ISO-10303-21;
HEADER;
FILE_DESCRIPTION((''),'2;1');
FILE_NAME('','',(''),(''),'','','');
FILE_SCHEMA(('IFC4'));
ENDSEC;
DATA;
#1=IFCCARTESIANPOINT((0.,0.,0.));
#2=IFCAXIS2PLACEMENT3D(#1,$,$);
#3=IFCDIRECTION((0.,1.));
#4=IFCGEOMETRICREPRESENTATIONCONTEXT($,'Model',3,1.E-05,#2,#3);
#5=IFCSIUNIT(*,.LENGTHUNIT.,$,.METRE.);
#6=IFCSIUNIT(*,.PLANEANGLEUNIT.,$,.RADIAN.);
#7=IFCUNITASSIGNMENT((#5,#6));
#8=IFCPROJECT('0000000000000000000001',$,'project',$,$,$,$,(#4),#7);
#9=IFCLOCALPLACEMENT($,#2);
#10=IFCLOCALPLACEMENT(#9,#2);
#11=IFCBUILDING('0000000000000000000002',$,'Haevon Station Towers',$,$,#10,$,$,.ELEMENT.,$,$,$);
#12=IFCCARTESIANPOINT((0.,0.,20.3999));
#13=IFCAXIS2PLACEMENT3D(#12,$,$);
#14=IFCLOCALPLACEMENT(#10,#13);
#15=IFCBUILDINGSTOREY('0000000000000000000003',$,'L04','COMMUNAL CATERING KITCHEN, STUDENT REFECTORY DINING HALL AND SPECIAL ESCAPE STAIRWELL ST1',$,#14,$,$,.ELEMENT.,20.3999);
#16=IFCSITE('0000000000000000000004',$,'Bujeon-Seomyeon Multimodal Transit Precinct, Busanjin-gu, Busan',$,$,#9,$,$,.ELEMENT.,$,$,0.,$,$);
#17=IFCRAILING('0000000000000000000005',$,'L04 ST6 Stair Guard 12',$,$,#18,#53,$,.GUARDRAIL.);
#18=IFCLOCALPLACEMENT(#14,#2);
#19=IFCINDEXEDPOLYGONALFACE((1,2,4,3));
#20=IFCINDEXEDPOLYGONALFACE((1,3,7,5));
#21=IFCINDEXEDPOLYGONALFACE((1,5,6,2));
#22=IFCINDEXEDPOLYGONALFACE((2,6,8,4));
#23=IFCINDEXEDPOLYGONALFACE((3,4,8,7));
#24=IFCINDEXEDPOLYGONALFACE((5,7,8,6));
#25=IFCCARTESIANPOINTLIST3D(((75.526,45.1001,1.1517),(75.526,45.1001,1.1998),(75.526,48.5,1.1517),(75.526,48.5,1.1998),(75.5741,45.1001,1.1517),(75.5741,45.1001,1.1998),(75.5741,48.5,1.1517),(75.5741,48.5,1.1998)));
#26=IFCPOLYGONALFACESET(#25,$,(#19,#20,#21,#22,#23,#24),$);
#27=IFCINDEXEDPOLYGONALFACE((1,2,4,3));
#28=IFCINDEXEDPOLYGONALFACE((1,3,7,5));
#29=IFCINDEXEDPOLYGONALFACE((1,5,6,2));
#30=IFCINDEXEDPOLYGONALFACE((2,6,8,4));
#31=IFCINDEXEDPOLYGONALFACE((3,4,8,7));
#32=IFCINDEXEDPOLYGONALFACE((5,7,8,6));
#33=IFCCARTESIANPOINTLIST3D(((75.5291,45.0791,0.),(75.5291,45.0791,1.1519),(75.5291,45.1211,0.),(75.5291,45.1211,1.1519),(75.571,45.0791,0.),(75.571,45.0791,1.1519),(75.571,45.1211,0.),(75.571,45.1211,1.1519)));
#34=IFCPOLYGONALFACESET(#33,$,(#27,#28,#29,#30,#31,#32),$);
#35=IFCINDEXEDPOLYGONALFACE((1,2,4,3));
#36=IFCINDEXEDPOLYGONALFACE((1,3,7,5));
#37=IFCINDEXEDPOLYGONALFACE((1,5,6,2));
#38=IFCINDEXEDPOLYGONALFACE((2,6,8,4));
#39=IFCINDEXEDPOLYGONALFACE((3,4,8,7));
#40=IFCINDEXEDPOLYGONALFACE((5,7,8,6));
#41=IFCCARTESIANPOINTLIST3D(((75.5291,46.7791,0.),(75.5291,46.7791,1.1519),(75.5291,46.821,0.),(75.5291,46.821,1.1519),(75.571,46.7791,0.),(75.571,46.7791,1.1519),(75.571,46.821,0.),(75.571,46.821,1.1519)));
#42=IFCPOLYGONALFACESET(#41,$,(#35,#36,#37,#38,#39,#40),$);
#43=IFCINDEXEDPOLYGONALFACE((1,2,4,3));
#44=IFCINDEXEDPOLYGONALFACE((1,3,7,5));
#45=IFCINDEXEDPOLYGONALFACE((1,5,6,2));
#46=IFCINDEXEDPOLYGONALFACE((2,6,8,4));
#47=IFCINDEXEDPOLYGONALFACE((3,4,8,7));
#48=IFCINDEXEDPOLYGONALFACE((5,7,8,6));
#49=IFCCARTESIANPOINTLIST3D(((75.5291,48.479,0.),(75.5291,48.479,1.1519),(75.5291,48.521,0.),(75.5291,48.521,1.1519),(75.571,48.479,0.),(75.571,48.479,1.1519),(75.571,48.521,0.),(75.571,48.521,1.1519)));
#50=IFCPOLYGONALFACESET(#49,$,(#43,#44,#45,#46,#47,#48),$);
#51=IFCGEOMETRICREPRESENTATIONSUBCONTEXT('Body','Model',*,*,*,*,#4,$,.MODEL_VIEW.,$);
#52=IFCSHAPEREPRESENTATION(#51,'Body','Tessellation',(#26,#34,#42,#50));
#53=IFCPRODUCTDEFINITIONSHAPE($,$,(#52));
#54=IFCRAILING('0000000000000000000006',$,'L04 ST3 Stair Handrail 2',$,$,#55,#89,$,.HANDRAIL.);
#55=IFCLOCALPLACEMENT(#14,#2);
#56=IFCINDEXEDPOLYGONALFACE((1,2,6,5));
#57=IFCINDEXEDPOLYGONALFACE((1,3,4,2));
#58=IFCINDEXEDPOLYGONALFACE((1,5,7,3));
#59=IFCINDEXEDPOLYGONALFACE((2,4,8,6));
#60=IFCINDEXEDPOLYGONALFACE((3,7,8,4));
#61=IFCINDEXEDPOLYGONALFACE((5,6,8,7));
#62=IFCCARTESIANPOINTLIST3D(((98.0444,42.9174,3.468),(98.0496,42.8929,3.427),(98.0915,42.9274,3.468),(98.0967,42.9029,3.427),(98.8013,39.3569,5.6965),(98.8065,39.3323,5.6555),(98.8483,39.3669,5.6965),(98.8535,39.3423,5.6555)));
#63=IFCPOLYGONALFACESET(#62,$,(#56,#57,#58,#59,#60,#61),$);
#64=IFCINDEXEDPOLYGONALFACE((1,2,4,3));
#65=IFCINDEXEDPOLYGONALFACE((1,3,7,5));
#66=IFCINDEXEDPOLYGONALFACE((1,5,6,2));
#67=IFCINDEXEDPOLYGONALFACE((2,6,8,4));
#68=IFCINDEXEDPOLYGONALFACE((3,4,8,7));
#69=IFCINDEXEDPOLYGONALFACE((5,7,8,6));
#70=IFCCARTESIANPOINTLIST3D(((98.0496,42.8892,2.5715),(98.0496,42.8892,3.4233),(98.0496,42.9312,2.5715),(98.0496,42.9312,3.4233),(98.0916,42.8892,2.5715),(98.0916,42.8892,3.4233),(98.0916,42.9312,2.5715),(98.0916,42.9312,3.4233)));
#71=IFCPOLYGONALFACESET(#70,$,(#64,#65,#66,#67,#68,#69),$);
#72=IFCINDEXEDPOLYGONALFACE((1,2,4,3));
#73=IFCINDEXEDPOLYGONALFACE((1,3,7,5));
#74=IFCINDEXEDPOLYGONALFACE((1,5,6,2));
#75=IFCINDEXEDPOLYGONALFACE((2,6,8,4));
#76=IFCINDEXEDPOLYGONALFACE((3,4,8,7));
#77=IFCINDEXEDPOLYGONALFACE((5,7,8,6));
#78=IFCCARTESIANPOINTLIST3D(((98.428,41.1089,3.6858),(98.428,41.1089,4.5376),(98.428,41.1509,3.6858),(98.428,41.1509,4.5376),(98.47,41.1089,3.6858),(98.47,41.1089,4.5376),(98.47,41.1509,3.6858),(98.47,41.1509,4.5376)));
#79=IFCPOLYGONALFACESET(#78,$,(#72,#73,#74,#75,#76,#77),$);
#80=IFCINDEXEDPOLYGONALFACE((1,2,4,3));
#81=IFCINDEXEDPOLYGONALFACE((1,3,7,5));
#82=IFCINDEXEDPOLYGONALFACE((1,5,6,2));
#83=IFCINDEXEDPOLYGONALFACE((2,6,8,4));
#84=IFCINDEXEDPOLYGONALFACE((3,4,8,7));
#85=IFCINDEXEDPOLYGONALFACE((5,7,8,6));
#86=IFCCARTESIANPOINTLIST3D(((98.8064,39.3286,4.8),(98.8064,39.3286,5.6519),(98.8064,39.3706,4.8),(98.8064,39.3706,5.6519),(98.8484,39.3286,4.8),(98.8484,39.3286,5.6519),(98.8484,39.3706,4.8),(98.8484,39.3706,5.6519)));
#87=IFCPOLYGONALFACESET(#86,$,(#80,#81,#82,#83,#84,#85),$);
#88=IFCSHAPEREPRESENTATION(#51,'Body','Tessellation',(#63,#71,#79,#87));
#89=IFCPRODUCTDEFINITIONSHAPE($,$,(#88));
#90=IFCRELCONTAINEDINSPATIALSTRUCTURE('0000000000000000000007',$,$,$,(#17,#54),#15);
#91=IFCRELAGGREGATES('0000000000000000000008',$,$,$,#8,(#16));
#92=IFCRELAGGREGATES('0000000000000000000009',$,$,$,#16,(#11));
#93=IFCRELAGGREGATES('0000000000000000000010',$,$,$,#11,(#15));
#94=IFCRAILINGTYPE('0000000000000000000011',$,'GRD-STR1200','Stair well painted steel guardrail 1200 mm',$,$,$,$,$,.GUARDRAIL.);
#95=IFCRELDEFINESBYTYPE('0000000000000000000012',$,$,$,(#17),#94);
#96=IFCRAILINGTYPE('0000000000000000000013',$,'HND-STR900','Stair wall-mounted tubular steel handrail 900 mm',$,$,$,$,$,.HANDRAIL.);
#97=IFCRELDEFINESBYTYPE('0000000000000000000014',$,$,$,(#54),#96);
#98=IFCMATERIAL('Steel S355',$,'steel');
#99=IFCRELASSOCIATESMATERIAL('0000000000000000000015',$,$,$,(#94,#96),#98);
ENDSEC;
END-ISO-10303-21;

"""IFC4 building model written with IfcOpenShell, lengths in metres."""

from ifc_helpers import new_model, si_unit, direction, frame, origin, origin_2d, place, context, subcontext, project, spatial, rectangle, extrude, material, type_object, element, save


model = new_model("IFC4")

# Units and contexts
model_context = context("Model", 3, precision=1e-05, world=origin(), true_north=direction((0.0, 1.0)))
body_context = subcontext(model_context, "Body", "Model", "MODEL_VIEW")
ifc_project = project(units=[si_unit("LENGTHUNIT", "METRE"), si_unit("PLANEANGLEUNIT", "RADIAN")], contexts=[model_context])

# Site, building, storey
site_placement = place(None, origin())
site = spatial("IfcSite", under=ifc_project, at=site_placement, Name="Bujeon-Seomyeon Multimodal Transit Precinct, Busanjin-gu, Busan", CompositionType="ELEMENT", RefElevation=0.0)
building_placement = place(site_placement, origin())
building = spatial("IfcBuilding", under=site, at=building_placement, Name="Haevon Station Towers", CompositionType="ELEMENT")
storey_placement = place(building_placement, frame((0.0, 0.0, 20.3999)))
storey = spatial("IfcBuildingStorey", under=building, at=storey_placement, Name="L04", Description="COMMUNAL CATERING KITCHEN, STUDENT REFECTORY DINING HALL AND SPECIAL ESCAPE STAIRWELL ST1", CompositionType="ELEMENT", Elevation=20.3999)

# Shared definitions
ifc_material_1 = material(Name="Steel S355", Category="steel")

# Railings
railing_type_1 = type_object("IfcRailingType", Name="GRD-STR1200", Description="Stair well painted steel guardrail 1200 mm", PredefinedType="GUARDRAIL", material=ifc_material_1)
railing_1_placement = place(storey_placement, frame((75.55, 45.1001, 0.0)))
element("IfcRailing", 1, at=railing_1_placement, inside=storey, type_object=railing_type_1, Name="L04 ST6 Stair Guard 12", PredefinedType="GUARDRAIL", context=body_context, shape_type="SweptSolid", body=[
    extrude(rectangle(XDim=0.0481, YDim=0.0481, at=origin_2d()), frame((0.0, 0.0, 1.1758), z_axis=(0.0, 1.0, 0.0), x_axis=(-1.0, 0.0, 0.0)), (0.0, 0.0, 1.0), 3.3999),
    extrude(rectangle(XDim=0.042, YDim=0.042, at=origin_2d()), origin(), (0.0, 0.0, 1.0), 1.1519),
    extrude(rectangle(XDim=0.042, YDim=0.042, at=origin_2d()), frame((0.0, 1.7, 0.0)), (0.0, 0.0, 1.0), 1.1519),
    extrude(rectangle(XDim=0.042, YDim=0.042, at=origin_2d()), frame((0.0, 3.3999, 0.0)), (0.0, 0.0, 1.0), 1.1519),
])
railing_type_2 = type_object("IfcRailingType", Name="HND-STR900", Description="Stair wall-mounted tubular steel handrail 900 mm", PredefinedType="HANDRAIL", material=ifc_material_1)
railing_2_placement = place(storey_placement, frame((98.0706, 42.9102, 2.5715)))
element("IfcRailing", 2, at=railing_2_placement, inside=storey, type_object=railing_type_2, Name="L04 ST3 Stair Handrail 2", PredefinedType="HANDRAIL", context=body_context, shape_type="SweptSolid", body=[
    extrude(rectangle(XDim=0.0481, YDim=0.0481, at=origin_2d()), frame((0.0, 0.0, 0.876), z_axis=(0.177324, -0.834225, 0.522134), x_axis=(0.978147, 0.207917, 0.0)), (0.0, 0.0, 1.0), 4.2681),
    extrude(rectangle(XDim=0.042, YDim=0.042, at=origin_2d()), origin(), (0.0, 0.0, 1.0), 0.8518),
    extrude(rectangle(XDim=0.042, YDim=0.042, at=origin_2d()), frame((0.3784, -1.7803, 1.1143)), (0.0, 0.0, 1.0), 0.8518),
    extrude(rectangle(XDim=0.042, YDim=0.042, at=origin_2d()), frame((0.7568, -3.5605, 2.2285)), (0.0, 0.0, 1.0), 0.8518),
])

save(model, "model.ifc")
